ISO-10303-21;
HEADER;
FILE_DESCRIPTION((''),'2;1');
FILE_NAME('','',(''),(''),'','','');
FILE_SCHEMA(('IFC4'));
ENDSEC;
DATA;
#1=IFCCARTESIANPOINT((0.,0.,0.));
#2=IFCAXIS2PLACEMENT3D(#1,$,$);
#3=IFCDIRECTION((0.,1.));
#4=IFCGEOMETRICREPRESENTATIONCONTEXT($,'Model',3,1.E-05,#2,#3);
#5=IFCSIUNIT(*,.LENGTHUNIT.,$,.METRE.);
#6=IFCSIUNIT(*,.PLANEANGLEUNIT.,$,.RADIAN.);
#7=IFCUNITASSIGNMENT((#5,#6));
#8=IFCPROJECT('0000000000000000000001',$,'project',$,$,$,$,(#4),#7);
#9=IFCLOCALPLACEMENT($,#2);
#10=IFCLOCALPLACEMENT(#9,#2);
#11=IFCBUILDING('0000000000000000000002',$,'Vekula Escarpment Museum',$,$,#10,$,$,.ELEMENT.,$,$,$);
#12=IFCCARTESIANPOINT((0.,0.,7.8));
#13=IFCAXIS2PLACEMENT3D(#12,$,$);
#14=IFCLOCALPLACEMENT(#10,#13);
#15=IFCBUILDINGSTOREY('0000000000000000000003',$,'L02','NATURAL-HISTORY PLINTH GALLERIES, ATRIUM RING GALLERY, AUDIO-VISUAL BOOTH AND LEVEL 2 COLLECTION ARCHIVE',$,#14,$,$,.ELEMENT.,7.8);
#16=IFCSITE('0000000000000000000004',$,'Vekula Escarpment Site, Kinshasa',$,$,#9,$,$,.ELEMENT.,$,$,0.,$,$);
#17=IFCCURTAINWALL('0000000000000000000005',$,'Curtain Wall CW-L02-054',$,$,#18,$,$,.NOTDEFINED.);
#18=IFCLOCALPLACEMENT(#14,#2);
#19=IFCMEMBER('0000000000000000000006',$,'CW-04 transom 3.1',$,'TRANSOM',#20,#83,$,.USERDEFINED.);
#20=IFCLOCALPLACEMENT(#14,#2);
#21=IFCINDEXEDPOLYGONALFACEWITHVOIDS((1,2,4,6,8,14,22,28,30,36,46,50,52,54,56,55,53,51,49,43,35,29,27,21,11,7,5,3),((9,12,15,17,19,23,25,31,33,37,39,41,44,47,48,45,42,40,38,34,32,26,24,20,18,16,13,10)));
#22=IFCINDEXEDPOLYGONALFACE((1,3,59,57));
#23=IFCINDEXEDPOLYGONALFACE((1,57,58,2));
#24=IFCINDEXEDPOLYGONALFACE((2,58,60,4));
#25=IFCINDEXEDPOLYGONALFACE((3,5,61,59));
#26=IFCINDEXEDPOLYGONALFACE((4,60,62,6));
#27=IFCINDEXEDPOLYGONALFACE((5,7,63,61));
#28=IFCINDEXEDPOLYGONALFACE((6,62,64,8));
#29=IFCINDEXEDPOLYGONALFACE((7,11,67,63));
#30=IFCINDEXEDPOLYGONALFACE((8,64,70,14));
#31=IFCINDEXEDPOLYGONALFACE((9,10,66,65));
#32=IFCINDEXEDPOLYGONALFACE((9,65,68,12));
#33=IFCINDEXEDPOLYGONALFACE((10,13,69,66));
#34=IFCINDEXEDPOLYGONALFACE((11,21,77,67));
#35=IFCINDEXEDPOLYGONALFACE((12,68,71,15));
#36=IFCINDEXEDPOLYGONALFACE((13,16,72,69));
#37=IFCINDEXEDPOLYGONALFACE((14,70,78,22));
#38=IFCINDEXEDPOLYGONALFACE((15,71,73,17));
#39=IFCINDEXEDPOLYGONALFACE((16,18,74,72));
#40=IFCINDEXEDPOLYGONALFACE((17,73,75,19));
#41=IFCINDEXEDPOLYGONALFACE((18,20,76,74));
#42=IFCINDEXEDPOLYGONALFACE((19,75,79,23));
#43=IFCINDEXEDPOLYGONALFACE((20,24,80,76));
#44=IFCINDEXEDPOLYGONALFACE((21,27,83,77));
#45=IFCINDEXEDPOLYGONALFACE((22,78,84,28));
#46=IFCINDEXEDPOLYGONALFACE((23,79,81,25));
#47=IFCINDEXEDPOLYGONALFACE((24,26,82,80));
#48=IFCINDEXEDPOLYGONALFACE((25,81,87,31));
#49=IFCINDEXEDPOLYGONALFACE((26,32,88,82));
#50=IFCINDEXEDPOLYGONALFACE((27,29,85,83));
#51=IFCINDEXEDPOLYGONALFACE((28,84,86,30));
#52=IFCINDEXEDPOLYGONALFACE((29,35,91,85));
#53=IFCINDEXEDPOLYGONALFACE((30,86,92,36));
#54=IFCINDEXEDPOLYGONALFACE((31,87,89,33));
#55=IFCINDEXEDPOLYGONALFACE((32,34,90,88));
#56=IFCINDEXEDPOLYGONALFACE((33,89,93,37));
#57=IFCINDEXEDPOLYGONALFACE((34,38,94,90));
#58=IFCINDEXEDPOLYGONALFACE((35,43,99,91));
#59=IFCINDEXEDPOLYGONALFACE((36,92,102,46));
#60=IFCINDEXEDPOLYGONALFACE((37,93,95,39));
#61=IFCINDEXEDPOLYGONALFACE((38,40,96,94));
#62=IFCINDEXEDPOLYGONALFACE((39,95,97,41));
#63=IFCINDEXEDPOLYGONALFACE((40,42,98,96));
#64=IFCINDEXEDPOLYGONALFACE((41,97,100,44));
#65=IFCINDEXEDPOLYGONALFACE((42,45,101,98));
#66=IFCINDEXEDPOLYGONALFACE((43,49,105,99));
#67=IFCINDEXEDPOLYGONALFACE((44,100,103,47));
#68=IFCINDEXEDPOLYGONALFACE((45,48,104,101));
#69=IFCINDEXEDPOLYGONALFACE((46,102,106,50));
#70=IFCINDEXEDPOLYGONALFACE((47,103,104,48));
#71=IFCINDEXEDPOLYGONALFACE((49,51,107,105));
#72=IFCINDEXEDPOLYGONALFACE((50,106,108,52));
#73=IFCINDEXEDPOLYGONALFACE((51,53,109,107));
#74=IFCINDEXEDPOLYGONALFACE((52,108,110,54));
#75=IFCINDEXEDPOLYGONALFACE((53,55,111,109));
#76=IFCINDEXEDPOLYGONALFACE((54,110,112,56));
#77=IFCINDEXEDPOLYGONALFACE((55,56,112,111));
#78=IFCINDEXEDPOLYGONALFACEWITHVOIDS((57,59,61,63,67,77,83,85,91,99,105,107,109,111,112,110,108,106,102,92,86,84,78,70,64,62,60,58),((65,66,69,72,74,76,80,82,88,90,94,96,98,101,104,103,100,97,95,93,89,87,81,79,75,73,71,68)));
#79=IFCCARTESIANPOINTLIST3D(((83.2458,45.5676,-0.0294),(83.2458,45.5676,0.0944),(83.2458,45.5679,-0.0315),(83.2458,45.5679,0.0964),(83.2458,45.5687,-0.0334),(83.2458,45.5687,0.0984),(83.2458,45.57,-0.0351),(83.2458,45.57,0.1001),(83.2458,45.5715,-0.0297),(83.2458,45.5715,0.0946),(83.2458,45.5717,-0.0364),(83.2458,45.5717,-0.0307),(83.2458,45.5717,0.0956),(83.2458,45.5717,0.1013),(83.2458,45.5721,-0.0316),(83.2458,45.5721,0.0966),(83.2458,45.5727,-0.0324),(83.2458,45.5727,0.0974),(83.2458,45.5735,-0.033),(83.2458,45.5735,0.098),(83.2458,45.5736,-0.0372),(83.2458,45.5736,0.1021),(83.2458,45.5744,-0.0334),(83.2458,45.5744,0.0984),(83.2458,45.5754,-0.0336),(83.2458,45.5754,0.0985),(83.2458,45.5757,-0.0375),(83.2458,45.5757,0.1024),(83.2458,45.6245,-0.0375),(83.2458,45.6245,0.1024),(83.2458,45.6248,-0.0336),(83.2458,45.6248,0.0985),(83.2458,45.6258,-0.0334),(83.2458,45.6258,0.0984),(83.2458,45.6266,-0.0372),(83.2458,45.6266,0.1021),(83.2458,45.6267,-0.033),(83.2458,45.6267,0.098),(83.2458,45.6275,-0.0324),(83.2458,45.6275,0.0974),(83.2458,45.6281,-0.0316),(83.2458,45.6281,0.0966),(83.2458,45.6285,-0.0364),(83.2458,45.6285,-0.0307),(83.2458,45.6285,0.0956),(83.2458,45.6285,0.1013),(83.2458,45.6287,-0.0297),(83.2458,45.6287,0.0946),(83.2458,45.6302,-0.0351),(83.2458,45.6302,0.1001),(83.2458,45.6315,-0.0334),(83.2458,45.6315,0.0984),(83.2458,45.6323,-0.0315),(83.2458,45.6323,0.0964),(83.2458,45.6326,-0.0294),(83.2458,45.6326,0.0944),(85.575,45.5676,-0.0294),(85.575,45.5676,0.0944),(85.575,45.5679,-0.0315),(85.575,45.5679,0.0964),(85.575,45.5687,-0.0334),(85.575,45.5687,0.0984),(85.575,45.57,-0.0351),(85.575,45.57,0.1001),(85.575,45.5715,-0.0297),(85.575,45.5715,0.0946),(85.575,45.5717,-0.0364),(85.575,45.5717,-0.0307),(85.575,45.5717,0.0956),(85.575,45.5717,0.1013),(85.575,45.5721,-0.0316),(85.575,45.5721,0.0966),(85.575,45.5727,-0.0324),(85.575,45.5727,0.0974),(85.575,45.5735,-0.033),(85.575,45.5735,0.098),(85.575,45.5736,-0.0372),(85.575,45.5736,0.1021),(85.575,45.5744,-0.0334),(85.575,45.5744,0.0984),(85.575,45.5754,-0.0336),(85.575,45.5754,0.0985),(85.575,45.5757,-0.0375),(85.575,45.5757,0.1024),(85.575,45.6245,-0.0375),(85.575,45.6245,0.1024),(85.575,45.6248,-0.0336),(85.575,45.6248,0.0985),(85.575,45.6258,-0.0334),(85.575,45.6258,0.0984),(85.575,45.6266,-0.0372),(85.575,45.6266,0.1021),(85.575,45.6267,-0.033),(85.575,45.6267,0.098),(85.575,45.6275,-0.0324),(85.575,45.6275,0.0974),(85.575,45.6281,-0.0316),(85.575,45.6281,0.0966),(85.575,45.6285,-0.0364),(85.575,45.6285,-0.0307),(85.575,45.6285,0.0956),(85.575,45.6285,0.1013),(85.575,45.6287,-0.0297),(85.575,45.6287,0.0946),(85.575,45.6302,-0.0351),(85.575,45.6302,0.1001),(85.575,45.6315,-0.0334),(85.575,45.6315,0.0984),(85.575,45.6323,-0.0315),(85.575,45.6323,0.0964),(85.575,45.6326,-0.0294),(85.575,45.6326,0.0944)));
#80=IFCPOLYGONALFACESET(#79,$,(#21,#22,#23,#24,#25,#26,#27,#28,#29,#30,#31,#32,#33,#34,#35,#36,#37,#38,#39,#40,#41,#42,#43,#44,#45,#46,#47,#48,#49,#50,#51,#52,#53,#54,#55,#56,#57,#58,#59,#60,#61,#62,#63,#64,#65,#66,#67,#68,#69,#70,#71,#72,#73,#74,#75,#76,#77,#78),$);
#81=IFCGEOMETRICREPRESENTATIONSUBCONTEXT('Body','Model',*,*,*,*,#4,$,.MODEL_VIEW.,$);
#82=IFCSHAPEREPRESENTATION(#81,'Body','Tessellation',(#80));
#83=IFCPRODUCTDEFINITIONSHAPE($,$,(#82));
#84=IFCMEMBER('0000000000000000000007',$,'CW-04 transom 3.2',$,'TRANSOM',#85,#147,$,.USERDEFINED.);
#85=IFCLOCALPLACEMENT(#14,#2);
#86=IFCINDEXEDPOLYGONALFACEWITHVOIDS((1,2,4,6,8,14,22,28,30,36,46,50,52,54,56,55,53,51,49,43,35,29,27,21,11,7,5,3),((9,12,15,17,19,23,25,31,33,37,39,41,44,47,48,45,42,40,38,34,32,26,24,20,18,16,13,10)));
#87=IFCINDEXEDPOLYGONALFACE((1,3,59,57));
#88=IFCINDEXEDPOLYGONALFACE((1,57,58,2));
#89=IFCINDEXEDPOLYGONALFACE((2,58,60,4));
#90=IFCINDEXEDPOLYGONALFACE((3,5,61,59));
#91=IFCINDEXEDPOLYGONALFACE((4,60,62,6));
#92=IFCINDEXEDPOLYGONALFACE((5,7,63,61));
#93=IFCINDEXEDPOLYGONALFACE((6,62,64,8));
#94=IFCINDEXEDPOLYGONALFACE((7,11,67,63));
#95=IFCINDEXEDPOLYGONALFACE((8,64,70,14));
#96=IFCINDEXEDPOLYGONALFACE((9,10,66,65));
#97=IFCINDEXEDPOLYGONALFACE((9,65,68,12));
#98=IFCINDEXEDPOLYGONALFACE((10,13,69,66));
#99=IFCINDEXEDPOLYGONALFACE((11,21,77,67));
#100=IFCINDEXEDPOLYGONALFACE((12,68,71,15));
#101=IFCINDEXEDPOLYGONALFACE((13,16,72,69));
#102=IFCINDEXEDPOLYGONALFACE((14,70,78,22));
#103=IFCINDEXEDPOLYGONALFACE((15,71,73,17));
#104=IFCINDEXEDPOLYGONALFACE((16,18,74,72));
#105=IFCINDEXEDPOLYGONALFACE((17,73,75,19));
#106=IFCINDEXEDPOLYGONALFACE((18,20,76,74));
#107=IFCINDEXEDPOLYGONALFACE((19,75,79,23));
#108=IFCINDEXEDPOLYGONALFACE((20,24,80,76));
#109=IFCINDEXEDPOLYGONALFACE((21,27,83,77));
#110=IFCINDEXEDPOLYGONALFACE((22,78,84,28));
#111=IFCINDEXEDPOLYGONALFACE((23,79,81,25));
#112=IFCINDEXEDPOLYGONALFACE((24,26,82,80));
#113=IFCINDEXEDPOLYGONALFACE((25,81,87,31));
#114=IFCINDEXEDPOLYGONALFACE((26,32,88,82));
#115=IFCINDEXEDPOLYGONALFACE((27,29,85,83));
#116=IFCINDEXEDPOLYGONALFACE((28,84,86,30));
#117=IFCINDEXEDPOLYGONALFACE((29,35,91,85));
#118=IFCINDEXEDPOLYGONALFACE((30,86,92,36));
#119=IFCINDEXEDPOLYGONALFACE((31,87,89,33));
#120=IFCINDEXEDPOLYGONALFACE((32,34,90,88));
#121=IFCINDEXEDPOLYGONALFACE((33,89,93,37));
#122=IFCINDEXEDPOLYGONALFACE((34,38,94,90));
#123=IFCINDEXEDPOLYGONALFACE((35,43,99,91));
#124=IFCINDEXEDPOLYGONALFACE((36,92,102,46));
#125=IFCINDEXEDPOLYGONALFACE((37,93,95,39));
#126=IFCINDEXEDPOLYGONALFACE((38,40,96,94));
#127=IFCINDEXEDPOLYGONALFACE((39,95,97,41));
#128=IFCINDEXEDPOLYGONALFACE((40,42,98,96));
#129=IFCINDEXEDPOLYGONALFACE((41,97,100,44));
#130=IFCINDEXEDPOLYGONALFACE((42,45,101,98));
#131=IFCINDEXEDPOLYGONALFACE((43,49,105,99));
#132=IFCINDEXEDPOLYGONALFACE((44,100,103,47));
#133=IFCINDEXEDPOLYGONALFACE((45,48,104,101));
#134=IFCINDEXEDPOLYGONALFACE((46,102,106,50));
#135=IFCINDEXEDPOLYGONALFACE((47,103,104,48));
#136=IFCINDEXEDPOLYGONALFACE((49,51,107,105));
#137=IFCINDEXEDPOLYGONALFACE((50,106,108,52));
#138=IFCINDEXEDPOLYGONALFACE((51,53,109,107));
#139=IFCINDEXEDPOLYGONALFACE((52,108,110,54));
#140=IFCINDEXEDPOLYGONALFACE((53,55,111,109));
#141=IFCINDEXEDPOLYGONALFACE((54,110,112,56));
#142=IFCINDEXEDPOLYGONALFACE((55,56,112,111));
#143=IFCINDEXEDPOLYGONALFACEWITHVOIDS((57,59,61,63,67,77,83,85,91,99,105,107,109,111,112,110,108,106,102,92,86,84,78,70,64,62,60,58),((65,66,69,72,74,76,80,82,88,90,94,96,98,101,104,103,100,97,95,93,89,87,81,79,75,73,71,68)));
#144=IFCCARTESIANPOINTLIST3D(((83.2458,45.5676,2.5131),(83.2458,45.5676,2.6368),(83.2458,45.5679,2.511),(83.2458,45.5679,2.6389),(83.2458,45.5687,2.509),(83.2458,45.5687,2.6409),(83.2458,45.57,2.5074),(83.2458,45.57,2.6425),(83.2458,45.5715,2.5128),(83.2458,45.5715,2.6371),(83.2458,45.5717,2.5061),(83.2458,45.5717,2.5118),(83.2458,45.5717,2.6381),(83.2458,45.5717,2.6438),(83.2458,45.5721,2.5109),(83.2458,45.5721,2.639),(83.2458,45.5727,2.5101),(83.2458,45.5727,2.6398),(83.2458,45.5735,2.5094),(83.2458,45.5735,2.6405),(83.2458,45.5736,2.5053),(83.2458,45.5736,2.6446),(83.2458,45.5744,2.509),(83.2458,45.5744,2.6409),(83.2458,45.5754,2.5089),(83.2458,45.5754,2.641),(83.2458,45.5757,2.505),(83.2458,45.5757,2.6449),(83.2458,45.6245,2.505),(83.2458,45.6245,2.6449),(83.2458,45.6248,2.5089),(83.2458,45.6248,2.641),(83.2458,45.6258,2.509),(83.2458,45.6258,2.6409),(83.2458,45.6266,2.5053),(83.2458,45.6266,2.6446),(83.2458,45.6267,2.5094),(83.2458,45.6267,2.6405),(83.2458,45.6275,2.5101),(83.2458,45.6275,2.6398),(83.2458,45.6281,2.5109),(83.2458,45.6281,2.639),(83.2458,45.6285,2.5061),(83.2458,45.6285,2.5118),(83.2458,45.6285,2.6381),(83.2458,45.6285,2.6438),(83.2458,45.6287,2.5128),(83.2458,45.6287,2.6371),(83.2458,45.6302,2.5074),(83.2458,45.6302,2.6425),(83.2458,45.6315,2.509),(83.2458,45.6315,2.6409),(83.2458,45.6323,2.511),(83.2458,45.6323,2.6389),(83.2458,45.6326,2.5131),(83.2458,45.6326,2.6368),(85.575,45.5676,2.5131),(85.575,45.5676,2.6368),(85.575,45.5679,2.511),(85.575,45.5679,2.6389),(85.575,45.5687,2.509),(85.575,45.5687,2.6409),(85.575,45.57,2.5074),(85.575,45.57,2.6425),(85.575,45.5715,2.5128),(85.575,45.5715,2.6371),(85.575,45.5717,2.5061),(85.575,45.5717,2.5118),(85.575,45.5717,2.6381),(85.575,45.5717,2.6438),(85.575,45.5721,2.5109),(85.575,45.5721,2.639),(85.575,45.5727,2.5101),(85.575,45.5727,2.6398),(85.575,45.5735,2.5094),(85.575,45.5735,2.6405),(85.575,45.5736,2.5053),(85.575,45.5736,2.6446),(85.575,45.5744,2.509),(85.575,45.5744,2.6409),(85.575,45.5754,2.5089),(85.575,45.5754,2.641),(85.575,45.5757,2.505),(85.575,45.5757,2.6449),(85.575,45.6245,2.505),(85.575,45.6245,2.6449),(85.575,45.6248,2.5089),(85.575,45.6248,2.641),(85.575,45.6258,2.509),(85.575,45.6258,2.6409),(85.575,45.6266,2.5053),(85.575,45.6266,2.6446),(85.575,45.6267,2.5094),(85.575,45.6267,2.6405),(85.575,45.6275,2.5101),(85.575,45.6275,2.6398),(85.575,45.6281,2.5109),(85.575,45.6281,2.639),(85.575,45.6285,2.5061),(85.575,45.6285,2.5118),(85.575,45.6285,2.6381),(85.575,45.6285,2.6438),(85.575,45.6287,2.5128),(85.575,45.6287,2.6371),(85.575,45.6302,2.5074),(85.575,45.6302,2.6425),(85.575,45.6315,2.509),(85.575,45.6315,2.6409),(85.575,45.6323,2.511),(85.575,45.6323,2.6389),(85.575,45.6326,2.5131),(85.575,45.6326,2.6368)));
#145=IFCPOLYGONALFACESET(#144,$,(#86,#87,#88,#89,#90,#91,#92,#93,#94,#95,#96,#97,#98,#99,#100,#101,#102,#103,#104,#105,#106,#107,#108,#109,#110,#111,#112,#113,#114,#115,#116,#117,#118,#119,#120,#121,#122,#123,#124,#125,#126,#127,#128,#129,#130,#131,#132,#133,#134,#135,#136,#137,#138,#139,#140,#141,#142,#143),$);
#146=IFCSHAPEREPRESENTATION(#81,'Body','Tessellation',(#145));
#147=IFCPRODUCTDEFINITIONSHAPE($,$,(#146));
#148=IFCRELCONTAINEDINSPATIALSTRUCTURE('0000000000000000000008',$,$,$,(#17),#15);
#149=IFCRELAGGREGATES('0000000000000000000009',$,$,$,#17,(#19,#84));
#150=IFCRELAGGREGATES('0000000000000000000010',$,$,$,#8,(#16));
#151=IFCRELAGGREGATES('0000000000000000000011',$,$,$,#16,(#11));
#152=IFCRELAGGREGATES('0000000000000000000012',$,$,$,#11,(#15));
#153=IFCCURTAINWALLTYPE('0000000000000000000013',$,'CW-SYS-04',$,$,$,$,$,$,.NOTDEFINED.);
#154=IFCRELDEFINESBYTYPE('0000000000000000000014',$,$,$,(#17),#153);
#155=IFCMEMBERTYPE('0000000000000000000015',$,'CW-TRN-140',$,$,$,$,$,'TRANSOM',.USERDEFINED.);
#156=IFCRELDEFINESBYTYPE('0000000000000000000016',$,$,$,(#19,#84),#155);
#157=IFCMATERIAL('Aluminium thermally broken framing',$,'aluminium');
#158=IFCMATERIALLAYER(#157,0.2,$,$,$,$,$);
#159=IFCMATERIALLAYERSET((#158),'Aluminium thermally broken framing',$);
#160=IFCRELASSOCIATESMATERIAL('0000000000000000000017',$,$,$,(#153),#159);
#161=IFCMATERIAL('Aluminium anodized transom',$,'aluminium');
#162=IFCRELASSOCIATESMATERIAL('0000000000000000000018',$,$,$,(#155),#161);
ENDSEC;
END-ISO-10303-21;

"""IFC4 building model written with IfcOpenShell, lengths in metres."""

from ifc_helpers import new_model, si_unit, direction, frame, origin, origin_2d, place, context, subcontext, project, spatial, hollow_rectangle, extrude, material, layer, layer_set, material_profile, profile_set, type_object, element, aggregate, save


model = new_model("IFC4")

# Units and contexts
model_context = context("Model", 3, precision=1e-05, world=origin(), true_north=direction((0.0, 1.0)))
body_context = subcontext(model_context, "Body", "Model", "MODEL_VIEW")
ifc_project = project(units=[si_unit("LENGTHUNIT", "METRE"), si_unit("PLANEANGLEUNIT", "RADIAN")], contexts=[model_context])

# Site, building, storey
site_placement = place(None, origin())
site = spatial("IfcSite", under=ifc_project, at=site_placement, Name="Vekula Escarpment Site, Kinshasa", CompositionType="ELEMENT", RefElevation=0.0)
building_placement = place(site_placement, origin())
building = spatial("IfcBuilding", under=site, at=building_placement, Name="Vekula Escarpment Museum", CompositionType="ELEMENT")
storey_placement = place(building_placement, frame((0.0, 0.0, 7.8)))
storey = spatial("IfcBuildingStorey", under=building, at=storey_placement, Name="L02", Description="NATURAL-HISTORY PLINTH GALLERIES, ATRIUM RING GALLERY, AUDIO-VISUAL BOOTH AND LEVEL 2 COLLECTION ARCHIVE", CompositionType="ELEMENT", Elevation=7.8)

# Curtain wall
ifc_material_1 = material(Name="Aluminium thermally broken framing", Category="aluminium")
ifc_layer_1 = layer(ifc_material_1, 0.2)
ifc_layer_set_1 = layer_set([ifc_layer_1], Name="Aluminium thermally broken framing")
curtain_wall_type_1 = type_object("IfcCurtainWallType", Name="CW-SYS-04", PredefinedType="NOTDEFINED", material=ifc_layer_set_1)
curtain_wall_1_placement = place(storey_placement, origin())
curtain_wall_1 = element("IfcCurtainWall", 1, at=curtain_wall_1_placement, inside=storey, type_object=curtain_wall_type_1, Name="Curtain Wall CW-L02-054", PredefinedType="NOTDEFINED")

# Members
ifc_material_2 = material(Name="Aluminium anodized transom", Category="aluminium")
ifc_material_profile_1 = material_profile(ifc_material_2, hollow_rectangle(XDim=0.0649, YDim=0.1399, WallThickness=0.0039, InnerFilletRadius=0.0039, OuterFilletRadius=0.0081, at=origin_2d()), Name="ALU 140x65x4")
ifc_profile_set_1 = profile_set([ifc_material_profile_1], Name="Aluminium anodized transom")
member_type_1 = type_object("IfcMemberType", Name="CW-TRN-140", ElementType="TRANSOM", PredefinedType="USERDEFINED", material=ifc_profile_set_1)
member_1_placement = place(storey_placement, frame((83.2458, 45.6001, 0.0325), z_axis=(1.0, 0.0, 0.0), x_axis=(0.0, 1.0, 0.0)))
member_1 = element("IfcMember", 2, at=member_1_placement, type_object=member_type_1, Name="CW-04 transom 3.1", ObjectType="TRANSOM", PredefinedType="USERDEFINED", context=body_context, shape_type="SweptSolid", body=[
    extrude(hollow_rectangle(XDim=0.0649, YDim=0.1399, WallThickness=0.0039, InnerFilletRadius=0.0039, OuterFilletRadius=0.0081, at=origin_2d()), origin(), (0.0, 0.0, 1.0), 2.3291),
])
member_2_placement = place(storey_placement, frame((83.2458, 45.6001, 2.575), z_axis=(1.0, 0.0, 0.0), x_axis=(0.0, 1.0, 0.0)))
member_2 = element("IfcMember", 3, at=member_2_placement, type_object=member_type_1, Name="CW-04 transom 3.2", ObjectType="TRANSOM", PredefinedType="USERDEFINED", context=body_context, shape_type="SweptSolid", body=[
    extrude(hollow_rectangle(XDim=0.0649, YDim=0.1399, WallThickness=0.0039, InnerFilletRadius=0.0039, OuterFilletRadius=0.0081, at=origin_2d()), origin(), (0.0, 0.0, 1.0), 2.3291),
])

aggregate(curtain_wall_1, [member_1, member_2])

save(model, "model.ifc")
